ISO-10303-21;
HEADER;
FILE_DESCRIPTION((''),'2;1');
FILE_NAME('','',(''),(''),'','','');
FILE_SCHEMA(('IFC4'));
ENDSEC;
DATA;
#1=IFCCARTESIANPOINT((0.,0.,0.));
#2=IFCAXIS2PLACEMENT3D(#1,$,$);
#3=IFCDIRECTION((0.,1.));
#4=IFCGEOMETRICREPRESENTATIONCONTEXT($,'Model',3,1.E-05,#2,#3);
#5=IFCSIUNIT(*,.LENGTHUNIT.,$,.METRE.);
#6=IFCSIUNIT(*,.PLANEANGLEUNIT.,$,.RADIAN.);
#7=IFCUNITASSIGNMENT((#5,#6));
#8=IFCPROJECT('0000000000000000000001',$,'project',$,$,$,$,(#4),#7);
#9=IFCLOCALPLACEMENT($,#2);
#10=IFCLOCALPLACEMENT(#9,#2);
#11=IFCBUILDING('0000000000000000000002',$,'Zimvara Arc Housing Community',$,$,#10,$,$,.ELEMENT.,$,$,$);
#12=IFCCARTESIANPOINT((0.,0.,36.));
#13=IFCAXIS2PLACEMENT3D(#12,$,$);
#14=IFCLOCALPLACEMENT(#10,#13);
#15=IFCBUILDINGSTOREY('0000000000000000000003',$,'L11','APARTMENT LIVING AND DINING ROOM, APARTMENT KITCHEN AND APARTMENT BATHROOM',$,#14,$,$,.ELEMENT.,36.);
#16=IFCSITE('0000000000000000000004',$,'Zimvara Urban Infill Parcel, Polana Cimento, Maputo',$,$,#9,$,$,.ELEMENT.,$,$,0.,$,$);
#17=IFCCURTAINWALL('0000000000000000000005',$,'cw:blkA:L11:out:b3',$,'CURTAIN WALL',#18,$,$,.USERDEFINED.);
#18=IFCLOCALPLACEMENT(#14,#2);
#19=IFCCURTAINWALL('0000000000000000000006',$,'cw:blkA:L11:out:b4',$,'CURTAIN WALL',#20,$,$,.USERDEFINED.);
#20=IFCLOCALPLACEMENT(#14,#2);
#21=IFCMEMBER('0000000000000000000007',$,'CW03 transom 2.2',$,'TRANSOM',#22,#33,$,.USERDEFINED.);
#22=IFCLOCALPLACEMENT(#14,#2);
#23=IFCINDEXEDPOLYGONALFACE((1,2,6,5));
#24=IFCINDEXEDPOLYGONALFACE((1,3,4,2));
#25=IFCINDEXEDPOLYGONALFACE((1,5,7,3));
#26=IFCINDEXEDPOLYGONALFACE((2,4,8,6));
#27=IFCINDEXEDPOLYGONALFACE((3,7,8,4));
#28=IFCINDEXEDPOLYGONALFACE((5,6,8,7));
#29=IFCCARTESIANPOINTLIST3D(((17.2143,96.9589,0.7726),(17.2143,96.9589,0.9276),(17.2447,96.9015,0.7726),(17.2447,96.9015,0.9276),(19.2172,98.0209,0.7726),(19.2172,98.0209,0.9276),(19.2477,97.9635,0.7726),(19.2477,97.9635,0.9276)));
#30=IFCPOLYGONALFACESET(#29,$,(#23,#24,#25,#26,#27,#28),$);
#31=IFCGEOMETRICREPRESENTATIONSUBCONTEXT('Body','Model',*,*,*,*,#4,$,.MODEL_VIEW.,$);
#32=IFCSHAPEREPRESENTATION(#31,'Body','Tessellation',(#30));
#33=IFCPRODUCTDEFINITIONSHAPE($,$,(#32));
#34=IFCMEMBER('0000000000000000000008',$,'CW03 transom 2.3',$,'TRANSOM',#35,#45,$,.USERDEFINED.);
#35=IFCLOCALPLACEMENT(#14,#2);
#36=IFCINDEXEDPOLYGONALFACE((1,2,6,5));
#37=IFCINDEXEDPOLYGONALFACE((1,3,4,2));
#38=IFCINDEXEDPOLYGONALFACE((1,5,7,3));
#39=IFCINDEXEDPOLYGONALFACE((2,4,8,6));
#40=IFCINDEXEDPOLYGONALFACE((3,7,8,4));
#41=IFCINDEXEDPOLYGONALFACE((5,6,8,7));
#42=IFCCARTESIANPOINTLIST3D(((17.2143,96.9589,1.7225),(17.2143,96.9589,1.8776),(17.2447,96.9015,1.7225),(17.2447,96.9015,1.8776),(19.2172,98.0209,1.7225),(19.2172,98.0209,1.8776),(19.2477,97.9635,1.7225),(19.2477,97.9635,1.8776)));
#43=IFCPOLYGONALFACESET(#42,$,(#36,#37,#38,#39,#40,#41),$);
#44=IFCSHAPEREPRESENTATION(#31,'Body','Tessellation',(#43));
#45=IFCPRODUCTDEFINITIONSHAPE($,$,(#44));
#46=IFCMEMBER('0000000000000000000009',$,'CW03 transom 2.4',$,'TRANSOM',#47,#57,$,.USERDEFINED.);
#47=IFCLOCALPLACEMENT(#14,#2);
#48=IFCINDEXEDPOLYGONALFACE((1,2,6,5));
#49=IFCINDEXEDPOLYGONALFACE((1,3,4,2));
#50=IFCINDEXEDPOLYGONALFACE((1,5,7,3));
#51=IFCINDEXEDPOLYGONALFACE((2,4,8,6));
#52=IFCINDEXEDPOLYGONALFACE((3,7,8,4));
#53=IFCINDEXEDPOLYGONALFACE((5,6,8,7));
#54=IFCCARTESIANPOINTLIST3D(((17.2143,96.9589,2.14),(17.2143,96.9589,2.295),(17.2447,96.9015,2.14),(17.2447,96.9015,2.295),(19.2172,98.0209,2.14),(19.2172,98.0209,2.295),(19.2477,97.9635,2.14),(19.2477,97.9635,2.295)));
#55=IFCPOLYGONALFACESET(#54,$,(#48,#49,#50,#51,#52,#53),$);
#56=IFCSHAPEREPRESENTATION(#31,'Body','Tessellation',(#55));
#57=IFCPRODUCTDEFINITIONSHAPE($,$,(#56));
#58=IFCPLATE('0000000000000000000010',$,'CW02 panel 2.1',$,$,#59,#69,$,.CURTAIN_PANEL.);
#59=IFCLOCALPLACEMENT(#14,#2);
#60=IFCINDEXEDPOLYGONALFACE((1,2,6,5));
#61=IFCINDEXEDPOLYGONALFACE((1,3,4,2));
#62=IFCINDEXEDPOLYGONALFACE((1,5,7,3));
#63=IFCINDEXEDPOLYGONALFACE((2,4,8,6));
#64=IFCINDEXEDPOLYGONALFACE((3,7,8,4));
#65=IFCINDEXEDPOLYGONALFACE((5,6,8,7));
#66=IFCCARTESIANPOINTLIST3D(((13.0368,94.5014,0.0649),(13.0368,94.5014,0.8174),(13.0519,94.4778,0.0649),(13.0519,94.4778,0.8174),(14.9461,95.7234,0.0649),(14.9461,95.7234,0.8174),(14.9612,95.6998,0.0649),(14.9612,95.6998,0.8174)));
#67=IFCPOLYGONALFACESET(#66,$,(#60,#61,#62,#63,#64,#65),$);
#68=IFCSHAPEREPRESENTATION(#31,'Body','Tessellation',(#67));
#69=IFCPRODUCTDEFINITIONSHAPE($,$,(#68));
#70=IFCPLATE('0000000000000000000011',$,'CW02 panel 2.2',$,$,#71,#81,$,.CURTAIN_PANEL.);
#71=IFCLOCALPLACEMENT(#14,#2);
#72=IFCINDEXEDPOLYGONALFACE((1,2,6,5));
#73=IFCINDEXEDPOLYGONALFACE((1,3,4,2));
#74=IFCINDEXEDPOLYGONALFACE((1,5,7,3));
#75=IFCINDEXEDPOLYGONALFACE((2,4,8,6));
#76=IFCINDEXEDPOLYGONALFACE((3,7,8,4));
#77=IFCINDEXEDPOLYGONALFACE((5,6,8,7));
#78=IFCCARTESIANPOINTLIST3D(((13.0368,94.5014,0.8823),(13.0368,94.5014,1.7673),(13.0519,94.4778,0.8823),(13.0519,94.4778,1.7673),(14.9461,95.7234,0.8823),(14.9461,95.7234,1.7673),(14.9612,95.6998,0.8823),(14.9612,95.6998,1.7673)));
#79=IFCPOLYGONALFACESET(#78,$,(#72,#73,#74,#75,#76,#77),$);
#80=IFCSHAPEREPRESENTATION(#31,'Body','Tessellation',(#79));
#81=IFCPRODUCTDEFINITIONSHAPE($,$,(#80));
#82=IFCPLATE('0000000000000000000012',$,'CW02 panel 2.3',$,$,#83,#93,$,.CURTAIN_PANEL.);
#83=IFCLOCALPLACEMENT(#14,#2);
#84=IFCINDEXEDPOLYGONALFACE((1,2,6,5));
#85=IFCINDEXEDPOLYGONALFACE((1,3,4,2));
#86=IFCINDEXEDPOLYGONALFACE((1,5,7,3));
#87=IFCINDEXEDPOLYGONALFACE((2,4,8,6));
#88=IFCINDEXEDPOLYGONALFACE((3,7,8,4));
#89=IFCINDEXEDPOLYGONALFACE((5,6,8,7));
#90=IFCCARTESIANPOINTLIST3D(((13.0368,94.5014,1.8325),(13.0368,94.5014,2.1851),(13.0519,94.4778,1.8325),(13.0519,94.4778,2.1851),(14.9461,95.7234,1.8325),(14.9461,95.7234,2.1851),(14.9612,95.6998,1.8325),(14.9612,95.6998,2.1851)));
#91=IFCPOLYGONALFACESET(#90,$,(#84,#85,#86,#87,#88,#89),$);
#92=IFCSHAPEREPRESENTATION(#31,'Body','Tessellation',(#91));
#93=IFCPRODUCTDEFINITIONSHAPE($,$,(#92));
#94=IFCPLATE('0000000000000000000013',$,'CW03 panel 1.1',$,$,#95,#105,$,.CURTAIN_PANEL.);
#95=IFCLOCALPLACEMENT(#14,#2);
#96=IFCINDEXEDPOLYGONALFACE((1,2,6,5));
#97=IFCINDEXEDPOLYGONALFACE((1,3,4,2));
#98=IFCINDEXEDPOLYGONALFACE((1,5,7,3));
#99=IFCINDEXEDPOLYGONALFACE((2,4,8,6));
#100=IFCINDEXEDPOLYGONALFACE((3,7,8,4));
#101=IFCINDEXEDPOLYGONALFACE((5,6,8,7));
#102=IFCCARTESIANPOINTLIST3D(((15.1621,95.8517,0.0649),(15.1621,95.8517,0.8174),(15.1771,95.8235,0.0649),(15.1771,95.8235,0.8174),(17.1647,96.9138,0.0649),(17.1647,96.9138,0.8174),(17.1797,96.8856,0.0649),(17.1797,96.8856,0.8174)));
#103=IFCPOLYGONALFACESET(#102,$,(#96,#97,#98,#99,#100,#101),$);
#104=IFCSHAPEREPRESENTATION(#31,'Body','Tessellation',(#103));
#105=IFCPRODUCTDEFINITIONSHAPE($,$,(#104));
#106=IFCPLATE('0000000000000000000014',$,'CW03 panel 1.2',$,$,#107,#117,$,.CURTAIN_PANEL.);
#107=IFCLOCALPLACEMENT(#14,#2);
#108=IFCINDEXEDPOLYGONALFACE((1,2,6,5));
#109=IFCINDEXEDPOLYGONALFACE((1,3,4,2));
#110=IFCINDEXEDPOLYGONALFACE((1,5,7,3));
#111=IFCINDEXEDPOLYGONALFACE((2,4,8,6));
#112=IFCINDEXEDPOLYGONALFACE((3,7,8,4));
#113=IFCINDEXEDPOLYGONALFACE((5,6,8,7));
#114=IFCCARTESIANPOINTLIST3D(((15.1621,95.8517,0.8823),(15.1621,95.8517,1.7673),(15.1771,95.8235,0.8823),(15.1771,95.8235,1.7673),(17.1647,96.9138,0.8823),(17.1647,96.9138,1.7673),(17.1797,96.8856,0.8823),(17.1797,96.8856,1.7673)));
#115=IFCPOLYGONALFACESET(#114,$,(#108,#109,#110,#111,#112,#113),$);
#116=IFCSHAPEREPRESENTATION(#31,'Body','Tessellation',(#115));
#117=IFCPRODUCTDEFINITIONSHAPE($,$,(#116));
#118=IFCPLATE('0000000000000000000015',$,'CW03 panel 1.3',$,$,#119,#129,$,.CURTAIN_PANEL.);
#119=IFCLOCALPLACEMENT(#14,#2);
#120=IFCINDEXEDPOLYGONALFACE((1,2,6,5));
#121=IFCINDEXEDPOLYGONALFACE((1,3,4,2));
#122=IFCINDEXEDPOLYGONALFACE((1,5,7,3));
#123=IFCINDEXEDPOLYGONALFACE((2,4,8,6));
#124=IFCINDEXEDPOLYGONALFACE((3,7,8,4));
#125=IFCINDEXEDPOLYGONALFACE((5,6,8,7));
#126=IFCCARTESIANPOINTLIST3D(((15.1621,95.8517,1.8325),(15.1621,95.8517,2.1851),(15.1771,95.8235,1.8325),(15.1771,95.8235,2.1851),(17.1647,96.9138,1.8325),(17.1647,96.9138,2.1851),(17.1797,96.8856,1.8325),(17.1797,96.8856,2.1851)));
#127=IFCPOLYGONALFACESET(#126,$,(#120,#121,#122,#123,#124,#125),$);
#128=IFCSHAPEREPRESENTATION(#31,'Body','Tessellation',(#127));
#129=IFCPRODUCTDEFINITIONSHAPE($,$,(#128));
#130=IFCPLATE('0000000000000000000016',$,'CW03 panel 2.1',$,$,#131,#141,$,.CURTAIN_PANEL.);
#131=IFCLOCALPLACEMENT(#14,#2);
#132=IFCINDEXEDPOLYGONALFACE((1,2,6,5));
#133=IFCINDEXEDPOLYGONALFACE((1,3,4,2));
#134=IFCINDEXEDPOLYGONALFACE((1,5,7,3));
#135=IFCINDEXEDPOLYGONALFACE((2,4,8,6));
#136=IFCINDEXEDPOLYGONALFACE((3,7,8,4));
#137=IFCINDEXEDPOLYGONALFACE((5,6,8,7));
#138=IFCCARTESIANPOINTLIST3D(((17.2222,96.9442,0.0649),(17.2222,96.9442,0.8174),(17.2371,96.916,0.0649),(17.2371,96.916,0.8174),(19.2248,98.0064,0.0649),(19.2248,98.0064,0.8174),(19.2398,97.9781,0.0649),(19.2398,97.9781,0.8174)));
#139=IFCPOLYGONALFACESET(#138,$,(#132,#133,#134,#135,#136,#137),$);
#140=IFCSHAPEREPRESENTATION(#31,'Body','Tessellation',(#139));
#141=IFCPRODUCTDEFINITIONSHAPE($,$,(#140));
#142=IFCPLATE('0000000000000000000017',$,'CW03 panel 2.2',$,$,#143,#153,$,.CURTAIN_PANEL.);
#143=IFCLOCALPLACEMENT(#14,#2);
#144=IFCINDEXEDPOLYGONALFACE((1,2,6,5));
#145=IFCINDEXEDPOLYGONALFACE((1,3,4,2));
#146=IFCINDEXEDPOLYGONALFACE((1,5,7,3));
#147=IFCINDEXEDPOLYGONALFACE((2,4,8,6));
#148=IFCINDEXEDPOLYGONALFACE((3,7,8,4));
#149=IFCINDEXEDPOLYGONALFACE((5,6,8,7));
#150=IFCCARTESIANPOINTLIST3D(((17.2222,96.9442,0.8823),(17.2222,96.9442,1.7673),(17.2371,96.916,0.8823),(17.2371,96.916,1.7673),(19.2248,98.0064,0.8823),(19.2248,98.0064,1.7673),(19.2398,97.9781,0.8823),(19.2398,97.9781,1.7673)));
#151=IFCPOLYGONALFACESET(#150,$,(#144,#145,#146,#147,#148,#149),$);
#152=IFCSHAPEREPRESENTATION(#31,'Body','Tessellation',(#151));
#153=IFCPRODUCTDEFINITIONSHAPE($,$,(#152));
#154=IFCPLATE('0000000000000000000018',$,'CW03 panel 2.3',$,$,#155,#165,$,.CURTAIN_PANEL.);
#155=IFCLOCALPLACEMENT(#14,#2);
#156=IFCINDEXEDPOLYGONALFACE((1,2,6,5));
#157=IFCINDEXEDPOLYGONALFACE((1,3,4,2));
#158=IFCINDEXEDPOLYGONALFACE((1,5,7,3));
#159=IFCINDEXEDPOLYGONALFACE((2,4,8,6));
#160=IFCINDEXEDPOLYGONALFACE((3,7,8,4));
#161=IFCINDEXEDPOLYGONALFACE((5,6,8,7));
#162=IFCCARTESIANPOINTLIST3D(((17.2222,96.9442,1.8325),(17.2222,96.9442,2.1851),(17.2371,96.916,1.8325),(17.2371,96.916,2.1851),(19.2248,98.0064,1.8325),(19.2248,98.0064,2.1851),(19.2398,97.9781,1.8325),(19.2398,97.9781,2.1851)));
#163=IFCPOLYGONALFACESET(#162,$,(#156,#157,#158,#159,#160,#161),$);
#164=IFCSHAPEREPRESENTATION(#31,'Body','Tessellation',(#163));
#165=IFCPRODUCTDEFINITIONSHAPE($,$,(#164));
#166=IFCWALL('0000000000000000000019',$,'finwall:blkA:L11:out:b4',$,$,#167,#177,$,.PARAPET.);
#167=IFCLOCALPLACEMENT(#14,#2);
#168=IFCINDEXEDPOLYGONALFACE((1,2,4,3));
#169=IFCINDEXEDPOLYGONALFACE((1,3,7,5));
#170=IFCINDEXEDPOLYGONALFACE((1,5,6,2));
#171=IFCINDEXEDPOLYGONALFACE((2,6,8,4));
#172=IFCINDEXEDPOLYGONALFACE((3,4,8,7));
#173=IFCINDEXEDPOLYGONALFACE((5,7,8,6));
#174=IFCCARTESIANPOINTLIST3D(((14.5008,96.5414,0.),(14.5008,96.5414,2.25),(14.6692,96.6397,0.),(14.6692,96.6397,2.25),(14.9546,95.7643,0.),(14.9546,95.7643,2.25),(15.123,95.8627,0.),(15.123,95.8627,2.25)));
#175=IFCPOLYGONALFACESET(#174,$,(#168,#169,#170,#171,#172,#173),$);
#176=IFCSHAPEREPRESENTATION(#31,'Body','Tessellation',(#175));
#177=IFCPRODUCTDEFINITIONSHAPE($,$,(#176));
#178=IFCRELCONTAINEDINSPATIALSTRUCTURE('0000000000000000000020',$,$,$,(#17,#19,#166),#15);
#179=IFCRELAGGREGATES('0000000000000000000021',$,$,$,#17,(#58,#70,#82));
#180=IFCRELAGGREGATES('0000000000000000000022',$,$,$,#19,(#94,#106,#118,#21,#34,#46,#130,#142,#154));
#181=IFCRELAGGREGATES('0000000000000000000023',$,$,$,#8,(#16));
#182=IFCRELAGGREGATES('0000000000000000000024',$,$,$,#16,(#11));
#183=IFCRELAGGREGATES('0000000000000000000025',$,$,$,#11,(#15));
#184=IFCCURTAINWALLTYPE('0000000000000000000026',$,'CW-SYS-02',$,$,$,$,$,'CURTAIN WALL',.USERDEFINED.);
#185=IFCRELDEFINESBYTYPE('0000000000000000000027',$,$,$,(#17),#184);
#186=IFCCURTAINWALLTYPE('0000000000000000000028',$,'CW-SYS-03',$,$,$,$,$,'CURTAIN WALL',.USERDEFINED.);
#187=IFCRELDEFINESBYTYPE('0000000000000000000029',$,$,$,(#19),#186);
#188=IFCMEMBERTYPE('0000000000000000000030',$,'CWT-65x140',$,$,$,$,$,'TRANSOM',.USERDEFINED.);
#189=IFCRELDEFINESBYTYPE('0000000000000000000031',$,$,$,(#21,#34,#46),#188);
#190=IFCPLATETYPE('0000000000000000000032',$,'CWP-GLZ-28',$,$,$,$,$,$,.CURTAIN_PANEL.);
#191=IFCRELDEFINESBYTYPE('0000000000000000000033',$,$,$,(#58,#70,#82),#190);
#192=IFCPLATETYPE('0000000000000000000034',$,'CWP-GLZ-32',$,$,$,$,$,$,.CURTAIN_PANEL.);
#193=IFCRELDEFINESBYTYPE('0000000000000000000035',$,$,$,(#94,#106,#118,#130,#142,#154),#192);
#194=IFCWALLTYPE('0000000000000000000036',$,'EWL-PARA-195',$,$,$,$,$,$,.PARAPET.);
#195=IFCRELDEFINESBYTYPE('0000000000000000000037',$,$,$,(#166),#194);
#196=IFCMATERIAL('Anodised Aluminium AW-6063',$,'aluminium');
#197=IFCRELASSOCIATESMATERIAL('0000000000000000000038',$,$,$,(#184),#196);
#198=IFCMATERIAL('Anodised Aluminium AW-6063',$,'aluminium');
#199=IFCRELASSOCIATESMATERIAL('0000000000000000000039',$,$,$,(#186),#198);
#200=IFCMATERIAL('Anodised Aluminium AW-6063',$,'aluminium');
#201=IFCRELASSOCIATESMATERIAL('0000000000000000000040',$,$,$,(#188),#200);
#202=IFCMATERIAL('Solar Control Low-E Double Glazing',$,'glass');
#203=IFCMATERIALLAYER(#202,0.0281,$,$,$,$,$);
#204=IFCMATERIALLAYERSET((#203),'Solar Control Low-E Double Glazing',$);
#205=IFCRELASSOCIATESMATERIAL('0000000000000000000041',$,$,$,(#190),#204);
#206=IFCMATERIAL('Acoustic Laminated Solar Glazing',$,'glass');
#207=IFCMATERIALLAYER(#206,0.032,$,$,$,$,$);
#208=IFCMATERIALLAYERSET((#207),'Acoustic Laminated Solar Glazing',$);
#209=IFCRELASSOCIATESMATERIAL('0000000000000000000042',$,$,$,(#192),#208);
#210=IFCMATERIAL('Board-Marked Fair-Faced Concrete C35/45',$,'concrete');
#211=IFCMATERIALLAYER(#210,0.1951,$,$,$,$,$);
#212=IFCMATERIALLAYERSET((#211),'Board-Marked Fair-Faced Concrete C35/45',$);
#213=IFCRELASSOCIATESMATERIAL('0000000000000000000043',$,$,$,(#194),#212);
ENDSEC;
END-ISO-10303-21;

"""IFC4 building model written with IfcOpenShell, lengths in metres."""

from ifc_helpers import new_model, si_unit, direction, frame, frame_2d, origin, origin_2d, place, context, subcontext, project, spatial, rectangle, extrude, material, layer, layer_set, material_profile, profile_set, type_object, element, aggregate, save


model = new_model("IFC4")

# Units and contexts
model_context = context("Model", 3, precision=1e-05, world=origin(), true_north=direction((0.0, 1.0)))
body_context = subcontext(model_context, "Body", "Model", "MODEL_VIEW")
ifc_project = project(units=[si_unit("LENGTHUNIT", "METRE"), si_unit("PLANEANGLEUNIT", "RADIAN")], contexts=[model_context])

# Site, building, storey
site_placement = place(None, origin())
site = spatial("IfcSite", under=ifc_project, at=site_placement, Name="Zimvara Urban Infill Parcel, Polana Cimento, Maputo", CompositionType="ELEMENT", RefElevation=0.0)
building_placement = place(site_placement, origin())
building = spatial("IfcBuilding", under=site, at=building_placement, Name="Zimvara Arc Housing Community", CompositionType="ELEMENT")
storey_placement = place(building_placement, frame((0.0, 0.0, 36.0)))
storey = spatial("IfcBuildingStorey", under=building, at=storey_placement, Name="L11", Description="APARTMENT LIVING AND DINING ROOM, APARTMENT KITCHEN AND APARTMENT BATHROOM", CompositionType="ELEMENT", Elevation=36.0)

# Curtain wall
ifc_material_1 = material(Name="Anodised Aluminium AW-6063", Category="aluminium")
curtain_wall_type_1 = type_object("IfcCurtainWallType", Name="CW-SYS-02", ElementType="CURTAIN WALL", PredefinedType="USERDEFINED", material=ifc_material_1)
curtain_wall_1_placement = place(storey_placement, origin())
curtain_wall_1 = element("IfcCurtainWall", 1, at=curtain_wall_1_placement, inside=storey, type_object=curtain_wall_type_1, Name="cw:blkA:L11:out:b3", ObjectType="CURTAIN WALL", PredefinedType="USERDEFINED")

# Curtain wall
ifc_material_2 = material(Name="Anodised Aluminium AW-6063", Category="aluminium")
curtain_wall_type_2 = type_object("IfcCurtainWallType", Name="CW-SYS-03", ElementType="CURTAIN WALL", PredefinedType="USERDEFINED", material=ifc_material_2)
curtain_wall_2_placement = place(storey_placement, origin())
curtain_wall_2 = element("IfcCurtainWall", 2, at=curtain_wall_2_placement, inside=storey, type_object=curtain_wall_type_2, Name="cw:blkA:L11:out:b4", ObjectType="CURTAIN WALL", PredefinedType="USERDEFINED")

# Members
ifc_material_3 = material(Name="Anodised Aluminium AW-6063", Category="aluminium")
ifc_material_profile_1 = material_profile(ifc_material_3, rectangle(XDim=0.0649, YDim=0.155, at=origin_2d()), Name="ALU 65x155")
ifc_profile_set_1 = profile_set([ifc_material_profile_1], Name="Anodised Aluminium AW-6063")
member_type_1 = type_object("IfcMemberType", Name="CWT-65x140", ElementType="TRANSOM", PredefinedType="USERDEFINED", material=ifc_profile_set_1)
member_1_placement = place(storey_placement, frame((17.2295, 96.9302, 0.8501), z_axis=(0.883489, 0.468452, 0.0), x_axis=(-0.468452, 0.883489, 0.0)))
member_1 = element("IfcMember", 3, at=member_1_placement, type_object=member_type_1, Name="CW03 transom 2.2", ObjectType="TRANSOM", PredefinedType="USERDEFINED", context=body_context, shape_type="SweptSolid", body=[
    extrude(rectangle(XDim=0.0649, YDim=0.155, at=origin_2d()), origin(), (0.0, 0.0, 1.0), 2.2671),
])
member_2_placement = place(storey_placement, frame((17.2295, 96.9302, 1.8), z_axis=(0.883489, 0.468452, 0.0), x_axis=(-0.468452, 0.883489, 0.0)))
member_2 = element("IfcMember", 4, at=member_2_placement, type_object=member_type_1, Name="CW03 transom 2.3", ObjectType="TRANSOM", PredefinedType="USERDEFINED", context=body_context, shape_type="SweptSolid", body=[
    extrude(rectangle(XDim=0.0649, YDim=0.155, at=origin_2d()), origin(), (0.0, 0.0, 1.0), 2.2671),
])
member_3_placement = place(storey_placement, frame((17.2295, 96.9302, 2.2175), z_axis=(0.883489, 0.468452, 0.0), x_axis=(-0.468452, 0.883489, 0.0)))
member_3 = element("IfcMember", 5, at=member_3_placement, type_object=member_type_1, Name="CW03 transom 2.4", ObjectType="TRANSOM", PredefinedType="USERDEFINED", context=body_context, shape_type="SweptSolid", body=[
    extrude(rectangle(XDim=0.0649, YDim=0.155, at=origin_2d()), origin(), (0.0, 0.0, 1.0), 2.2671),
])

# Plates
ifc_material_4 = material(Name="Solar Control Low-E Double Glazing", Category="glass")
ifc_layer_1 = layer(ifc_material_4, 0.0281)
ifc_layer_set_1 = layer_set([ifc_layer_1], Name="Solar Control Low-E Double Glazing")
plate_type_1 = type_object("IfcPlateType", Name="CWP-GLZ-28", PredefinedType="CURTAIN_PANEL", material=ifc_layer_set_1)
plate_1_placement = place(storey_placement, frame((13.999, 95.1006, 0.0649), z_axis=(0.0, 0.0, 1.0), x_axis=(0.842264, 0.539065, 0.0)))
plate_1 = element("IfcPlate", 6, at=plate_1_placement, type_object=plate_type_1, Name="CW02 panel 2.1", PredefinedType="CURTAIN_PANEL", context=body_context, shape_type="SweptSolid", body=[
    extrude(rectangle(XDim=2.2668, YDim=0.0281, at=origin_2d()), origin(), (0.0, 0.0, 1.0), 0.7524),
])
plate_2_placement = place(storey_placement, frame((13.999, 95.1006, 0.8823), z_axis=(0.0, 0.0, 1.0), x_axis=(0.842264, 0.539065, 0.0)))
plate_2 = element("IfcPlate", 7, at=plate_2_placement, type_object=plate_type_1, Name="CW02 panel 2.2", PredefinedType="CURTAIN_PANEL", context=body_context, shape_type="SweptSolid", body=[
    extrude(rectangle(XDim=2.2668, YDim=0.0281, at=origin_2d()), origin(), (0.0, 0.0, 1.0), 0.885),
])
plate_3_placement = place(storey_placement, frame((13.999, 95.1006, 1.8325), z_axis=(0.0, 0.0, 1.0), x_axis=(0.842264, 0.539065, 0.0)))
plate_3 = element("IfcPlate", 8, at=plate_3_placement, type_object=plate_type_1, Name="CW02 panel 2.3", PredefinedType="CURTAIN_PANEL", context=body_context, shape_type="SweptSolid", body=[
    extrude(rectangle(XDim=2.2668, YDim=0.0281, at=origin_2d()), origin(), (0.0, 0.0, 1.0), 0.3525),
])
aggregate(curtain_wall_1, [plate_1, plate_2, plate_3])
ifc_material_5 = material(Name="Acoustic Laminated Solar Glazing", Category="glass")
ifc_layer_2 = layer(ifc_material_5, 0.032)
ifc_layer_set_2 = layer_set([ifc_layer_2], Name="Acoustic Laminated Solar Glazing")
plate_type_2 = type_object("IfcPlateType", Name="CWP-GLZ-32", PredefinedType="CURTAIN_PANEL", material=ifc_layer_set_2)
plate_4_placement = place(storey_placement, frame((16.1709, 96.3687, 0.0649), z_axis=(0.0, 0.0, 1.0), x_axis=(0.883439, 0.468547, 0.0)))
plate_4 = element("IfcPlate", 9, at=plate_4_placement, type_object=plate_type_2, Name="CW03 panel 1.1", PredefinedType="CURTAIN_PANEL", context=body_context, shape_type="SweptSolid", body=[
    extrude(rectangle(XDim=2.2668, YDim=0.032, at=origin_2d()), origin(), (0.0, 0.0, 1.0), 0.7524),
])
plate_5_placement = place(storey_placement, frame((16.1709, 96.3687, 0.8823), z_axis=(0.0, 0.0, 1.0), x_axis=(0.883439, 0.468547, 0.0)))
plate_5 = element("IfcPlate", 10, at=plate_5_placement, type_object=plate_type_2, Name="CW03 panel 1.2", PredefinedType="CURTAIN_PANEL", context=body_context, shape_type="SweptSolid", body=[
    extrude(rectangle(XDim=2.2668, YDim=0.032, at=origin_2d()), origin(), (0.0, 0.0, 1.0), 0.885),
])
plate_6_placement = place(storey_placement, frame((16.1709, 96.3687, 1.8325), z_axis=(0.0, 0.0, 1.0), x_axis=(0.883439, 0.468547, 0.0)))
plate_6 = element("IfcPlate", 11, at=plate_6_placement, type_object=plate_type_2, Name="CW03 panel 1.3", PredefinedType="CURTAIN_PANEL", context=body_context, shape_type="SweptSolid", body=[
    extrude(rectangle(XDim=2.2668, YDim=0.032, at=origin_2d()), origin(), (0.0, 0.0, 1.0), 0.3525),
])
plate_7_placement = place(storey_placement, frame((18.231, 97.4612, 0.0649), z_axis=(0.0, 0.0, 1.0), x_axis=(0.883439, 0.468547, 0.0)))
plate_7 = element("IfcPlate", 12, at=plate_7_placement, type_object=plate_type_2, Name="CW03 panel 2.1", PredefinedType="CURTAIN_PANEL", context=body_context, shape_type="SweptSolid", body=[
    extrude(rectangle(XDim=2.2668, YDim=0.032, at=origin_2d()), origin(), (0.0, 0.0, 1.0), 0.7524),
])
plate_8_placement = place(storey_placement, frame((18.231, 97.4612, 0.8823), z_axis=(0.0, 0.0, 1.0), x_axis=(0.883439, 0.468547, 0.0)))
plate_8 = element("IfcPlate", 13, at=plate_8_placement, type_object=plate_type_2, Name="CW03 panel 2.2", PredefinedType="CURTAIN_PANEL", context=body_context, shape_type="SweptSolid", body=[
    extrude(rectangle(XDim=2.2668, YDim=0.032, at=origin_2d()), origin(), (0.0, 0.0, 1.0), 0.885),
])
plate_9_placement = place(storey_placement, frame((18.231, 97.4612, 1.8325), z_axis=(0.0, 0.0, 1.0), x_axis=(0.883439, 0.468547, 0.0)))
plate_9 = element("IfcPlate", 14, at=plate_9_placement, type_object=plate_type_2, Name="CW03 panel 2.3", PredefinedType="CURTAIN_PANEL", context=body_context, shape_type="SweptSolid", body=[
    extrude(rectangle(XDim=2.2668, YDim=0.032, at=origin_2d()), origin(), (0.0, 0.0, 1.0), 0.3525),
])
aggregate(curtain_wall_2, [plate_4, plate_5, plate_6, member_1, member_2, member_3, plate_7, plate_8, plate_9])

# Wall
ifc_material_6 = material(Name="Board-Marked Fair-Faced Concrete C35/45", Category="concrete")
ifc_layer_3 = layer(ifc_material_6, 0.1951)
ifc_layer_set_3 = layer_set([ifc_layer_3], Name="Board-Marked Fair-Faced Concrete C35/45")
wall_type = type_object("IfcWallType", Name="EWL-PARA-195", PredefinedType="PARAPET", material=ifc_layer_set_3)
wall_placement = place(storey_placement, frame((15.0388, 95.8135, 0.0), z_axis=(0.0, 0.0, 1.0), x_axis=(-0.504326, 0.863513, 0.0)))
element("IfcWall", 15, at=wall_placement, inside=storey, type_object=wall_type, Name="finwall:blkA:L11:out:b4", PredefinedType="PARAPET", context=body_context, shape_type="SweptSolid", body=[
    extrude(rectangle(XDim=0.8999, YDim=0.1951, at=frame_2d((0.45, 0.0))), origin(), (0.0, 0.0, 1.0), 2.25),
])

save(model, "model.ifc")
